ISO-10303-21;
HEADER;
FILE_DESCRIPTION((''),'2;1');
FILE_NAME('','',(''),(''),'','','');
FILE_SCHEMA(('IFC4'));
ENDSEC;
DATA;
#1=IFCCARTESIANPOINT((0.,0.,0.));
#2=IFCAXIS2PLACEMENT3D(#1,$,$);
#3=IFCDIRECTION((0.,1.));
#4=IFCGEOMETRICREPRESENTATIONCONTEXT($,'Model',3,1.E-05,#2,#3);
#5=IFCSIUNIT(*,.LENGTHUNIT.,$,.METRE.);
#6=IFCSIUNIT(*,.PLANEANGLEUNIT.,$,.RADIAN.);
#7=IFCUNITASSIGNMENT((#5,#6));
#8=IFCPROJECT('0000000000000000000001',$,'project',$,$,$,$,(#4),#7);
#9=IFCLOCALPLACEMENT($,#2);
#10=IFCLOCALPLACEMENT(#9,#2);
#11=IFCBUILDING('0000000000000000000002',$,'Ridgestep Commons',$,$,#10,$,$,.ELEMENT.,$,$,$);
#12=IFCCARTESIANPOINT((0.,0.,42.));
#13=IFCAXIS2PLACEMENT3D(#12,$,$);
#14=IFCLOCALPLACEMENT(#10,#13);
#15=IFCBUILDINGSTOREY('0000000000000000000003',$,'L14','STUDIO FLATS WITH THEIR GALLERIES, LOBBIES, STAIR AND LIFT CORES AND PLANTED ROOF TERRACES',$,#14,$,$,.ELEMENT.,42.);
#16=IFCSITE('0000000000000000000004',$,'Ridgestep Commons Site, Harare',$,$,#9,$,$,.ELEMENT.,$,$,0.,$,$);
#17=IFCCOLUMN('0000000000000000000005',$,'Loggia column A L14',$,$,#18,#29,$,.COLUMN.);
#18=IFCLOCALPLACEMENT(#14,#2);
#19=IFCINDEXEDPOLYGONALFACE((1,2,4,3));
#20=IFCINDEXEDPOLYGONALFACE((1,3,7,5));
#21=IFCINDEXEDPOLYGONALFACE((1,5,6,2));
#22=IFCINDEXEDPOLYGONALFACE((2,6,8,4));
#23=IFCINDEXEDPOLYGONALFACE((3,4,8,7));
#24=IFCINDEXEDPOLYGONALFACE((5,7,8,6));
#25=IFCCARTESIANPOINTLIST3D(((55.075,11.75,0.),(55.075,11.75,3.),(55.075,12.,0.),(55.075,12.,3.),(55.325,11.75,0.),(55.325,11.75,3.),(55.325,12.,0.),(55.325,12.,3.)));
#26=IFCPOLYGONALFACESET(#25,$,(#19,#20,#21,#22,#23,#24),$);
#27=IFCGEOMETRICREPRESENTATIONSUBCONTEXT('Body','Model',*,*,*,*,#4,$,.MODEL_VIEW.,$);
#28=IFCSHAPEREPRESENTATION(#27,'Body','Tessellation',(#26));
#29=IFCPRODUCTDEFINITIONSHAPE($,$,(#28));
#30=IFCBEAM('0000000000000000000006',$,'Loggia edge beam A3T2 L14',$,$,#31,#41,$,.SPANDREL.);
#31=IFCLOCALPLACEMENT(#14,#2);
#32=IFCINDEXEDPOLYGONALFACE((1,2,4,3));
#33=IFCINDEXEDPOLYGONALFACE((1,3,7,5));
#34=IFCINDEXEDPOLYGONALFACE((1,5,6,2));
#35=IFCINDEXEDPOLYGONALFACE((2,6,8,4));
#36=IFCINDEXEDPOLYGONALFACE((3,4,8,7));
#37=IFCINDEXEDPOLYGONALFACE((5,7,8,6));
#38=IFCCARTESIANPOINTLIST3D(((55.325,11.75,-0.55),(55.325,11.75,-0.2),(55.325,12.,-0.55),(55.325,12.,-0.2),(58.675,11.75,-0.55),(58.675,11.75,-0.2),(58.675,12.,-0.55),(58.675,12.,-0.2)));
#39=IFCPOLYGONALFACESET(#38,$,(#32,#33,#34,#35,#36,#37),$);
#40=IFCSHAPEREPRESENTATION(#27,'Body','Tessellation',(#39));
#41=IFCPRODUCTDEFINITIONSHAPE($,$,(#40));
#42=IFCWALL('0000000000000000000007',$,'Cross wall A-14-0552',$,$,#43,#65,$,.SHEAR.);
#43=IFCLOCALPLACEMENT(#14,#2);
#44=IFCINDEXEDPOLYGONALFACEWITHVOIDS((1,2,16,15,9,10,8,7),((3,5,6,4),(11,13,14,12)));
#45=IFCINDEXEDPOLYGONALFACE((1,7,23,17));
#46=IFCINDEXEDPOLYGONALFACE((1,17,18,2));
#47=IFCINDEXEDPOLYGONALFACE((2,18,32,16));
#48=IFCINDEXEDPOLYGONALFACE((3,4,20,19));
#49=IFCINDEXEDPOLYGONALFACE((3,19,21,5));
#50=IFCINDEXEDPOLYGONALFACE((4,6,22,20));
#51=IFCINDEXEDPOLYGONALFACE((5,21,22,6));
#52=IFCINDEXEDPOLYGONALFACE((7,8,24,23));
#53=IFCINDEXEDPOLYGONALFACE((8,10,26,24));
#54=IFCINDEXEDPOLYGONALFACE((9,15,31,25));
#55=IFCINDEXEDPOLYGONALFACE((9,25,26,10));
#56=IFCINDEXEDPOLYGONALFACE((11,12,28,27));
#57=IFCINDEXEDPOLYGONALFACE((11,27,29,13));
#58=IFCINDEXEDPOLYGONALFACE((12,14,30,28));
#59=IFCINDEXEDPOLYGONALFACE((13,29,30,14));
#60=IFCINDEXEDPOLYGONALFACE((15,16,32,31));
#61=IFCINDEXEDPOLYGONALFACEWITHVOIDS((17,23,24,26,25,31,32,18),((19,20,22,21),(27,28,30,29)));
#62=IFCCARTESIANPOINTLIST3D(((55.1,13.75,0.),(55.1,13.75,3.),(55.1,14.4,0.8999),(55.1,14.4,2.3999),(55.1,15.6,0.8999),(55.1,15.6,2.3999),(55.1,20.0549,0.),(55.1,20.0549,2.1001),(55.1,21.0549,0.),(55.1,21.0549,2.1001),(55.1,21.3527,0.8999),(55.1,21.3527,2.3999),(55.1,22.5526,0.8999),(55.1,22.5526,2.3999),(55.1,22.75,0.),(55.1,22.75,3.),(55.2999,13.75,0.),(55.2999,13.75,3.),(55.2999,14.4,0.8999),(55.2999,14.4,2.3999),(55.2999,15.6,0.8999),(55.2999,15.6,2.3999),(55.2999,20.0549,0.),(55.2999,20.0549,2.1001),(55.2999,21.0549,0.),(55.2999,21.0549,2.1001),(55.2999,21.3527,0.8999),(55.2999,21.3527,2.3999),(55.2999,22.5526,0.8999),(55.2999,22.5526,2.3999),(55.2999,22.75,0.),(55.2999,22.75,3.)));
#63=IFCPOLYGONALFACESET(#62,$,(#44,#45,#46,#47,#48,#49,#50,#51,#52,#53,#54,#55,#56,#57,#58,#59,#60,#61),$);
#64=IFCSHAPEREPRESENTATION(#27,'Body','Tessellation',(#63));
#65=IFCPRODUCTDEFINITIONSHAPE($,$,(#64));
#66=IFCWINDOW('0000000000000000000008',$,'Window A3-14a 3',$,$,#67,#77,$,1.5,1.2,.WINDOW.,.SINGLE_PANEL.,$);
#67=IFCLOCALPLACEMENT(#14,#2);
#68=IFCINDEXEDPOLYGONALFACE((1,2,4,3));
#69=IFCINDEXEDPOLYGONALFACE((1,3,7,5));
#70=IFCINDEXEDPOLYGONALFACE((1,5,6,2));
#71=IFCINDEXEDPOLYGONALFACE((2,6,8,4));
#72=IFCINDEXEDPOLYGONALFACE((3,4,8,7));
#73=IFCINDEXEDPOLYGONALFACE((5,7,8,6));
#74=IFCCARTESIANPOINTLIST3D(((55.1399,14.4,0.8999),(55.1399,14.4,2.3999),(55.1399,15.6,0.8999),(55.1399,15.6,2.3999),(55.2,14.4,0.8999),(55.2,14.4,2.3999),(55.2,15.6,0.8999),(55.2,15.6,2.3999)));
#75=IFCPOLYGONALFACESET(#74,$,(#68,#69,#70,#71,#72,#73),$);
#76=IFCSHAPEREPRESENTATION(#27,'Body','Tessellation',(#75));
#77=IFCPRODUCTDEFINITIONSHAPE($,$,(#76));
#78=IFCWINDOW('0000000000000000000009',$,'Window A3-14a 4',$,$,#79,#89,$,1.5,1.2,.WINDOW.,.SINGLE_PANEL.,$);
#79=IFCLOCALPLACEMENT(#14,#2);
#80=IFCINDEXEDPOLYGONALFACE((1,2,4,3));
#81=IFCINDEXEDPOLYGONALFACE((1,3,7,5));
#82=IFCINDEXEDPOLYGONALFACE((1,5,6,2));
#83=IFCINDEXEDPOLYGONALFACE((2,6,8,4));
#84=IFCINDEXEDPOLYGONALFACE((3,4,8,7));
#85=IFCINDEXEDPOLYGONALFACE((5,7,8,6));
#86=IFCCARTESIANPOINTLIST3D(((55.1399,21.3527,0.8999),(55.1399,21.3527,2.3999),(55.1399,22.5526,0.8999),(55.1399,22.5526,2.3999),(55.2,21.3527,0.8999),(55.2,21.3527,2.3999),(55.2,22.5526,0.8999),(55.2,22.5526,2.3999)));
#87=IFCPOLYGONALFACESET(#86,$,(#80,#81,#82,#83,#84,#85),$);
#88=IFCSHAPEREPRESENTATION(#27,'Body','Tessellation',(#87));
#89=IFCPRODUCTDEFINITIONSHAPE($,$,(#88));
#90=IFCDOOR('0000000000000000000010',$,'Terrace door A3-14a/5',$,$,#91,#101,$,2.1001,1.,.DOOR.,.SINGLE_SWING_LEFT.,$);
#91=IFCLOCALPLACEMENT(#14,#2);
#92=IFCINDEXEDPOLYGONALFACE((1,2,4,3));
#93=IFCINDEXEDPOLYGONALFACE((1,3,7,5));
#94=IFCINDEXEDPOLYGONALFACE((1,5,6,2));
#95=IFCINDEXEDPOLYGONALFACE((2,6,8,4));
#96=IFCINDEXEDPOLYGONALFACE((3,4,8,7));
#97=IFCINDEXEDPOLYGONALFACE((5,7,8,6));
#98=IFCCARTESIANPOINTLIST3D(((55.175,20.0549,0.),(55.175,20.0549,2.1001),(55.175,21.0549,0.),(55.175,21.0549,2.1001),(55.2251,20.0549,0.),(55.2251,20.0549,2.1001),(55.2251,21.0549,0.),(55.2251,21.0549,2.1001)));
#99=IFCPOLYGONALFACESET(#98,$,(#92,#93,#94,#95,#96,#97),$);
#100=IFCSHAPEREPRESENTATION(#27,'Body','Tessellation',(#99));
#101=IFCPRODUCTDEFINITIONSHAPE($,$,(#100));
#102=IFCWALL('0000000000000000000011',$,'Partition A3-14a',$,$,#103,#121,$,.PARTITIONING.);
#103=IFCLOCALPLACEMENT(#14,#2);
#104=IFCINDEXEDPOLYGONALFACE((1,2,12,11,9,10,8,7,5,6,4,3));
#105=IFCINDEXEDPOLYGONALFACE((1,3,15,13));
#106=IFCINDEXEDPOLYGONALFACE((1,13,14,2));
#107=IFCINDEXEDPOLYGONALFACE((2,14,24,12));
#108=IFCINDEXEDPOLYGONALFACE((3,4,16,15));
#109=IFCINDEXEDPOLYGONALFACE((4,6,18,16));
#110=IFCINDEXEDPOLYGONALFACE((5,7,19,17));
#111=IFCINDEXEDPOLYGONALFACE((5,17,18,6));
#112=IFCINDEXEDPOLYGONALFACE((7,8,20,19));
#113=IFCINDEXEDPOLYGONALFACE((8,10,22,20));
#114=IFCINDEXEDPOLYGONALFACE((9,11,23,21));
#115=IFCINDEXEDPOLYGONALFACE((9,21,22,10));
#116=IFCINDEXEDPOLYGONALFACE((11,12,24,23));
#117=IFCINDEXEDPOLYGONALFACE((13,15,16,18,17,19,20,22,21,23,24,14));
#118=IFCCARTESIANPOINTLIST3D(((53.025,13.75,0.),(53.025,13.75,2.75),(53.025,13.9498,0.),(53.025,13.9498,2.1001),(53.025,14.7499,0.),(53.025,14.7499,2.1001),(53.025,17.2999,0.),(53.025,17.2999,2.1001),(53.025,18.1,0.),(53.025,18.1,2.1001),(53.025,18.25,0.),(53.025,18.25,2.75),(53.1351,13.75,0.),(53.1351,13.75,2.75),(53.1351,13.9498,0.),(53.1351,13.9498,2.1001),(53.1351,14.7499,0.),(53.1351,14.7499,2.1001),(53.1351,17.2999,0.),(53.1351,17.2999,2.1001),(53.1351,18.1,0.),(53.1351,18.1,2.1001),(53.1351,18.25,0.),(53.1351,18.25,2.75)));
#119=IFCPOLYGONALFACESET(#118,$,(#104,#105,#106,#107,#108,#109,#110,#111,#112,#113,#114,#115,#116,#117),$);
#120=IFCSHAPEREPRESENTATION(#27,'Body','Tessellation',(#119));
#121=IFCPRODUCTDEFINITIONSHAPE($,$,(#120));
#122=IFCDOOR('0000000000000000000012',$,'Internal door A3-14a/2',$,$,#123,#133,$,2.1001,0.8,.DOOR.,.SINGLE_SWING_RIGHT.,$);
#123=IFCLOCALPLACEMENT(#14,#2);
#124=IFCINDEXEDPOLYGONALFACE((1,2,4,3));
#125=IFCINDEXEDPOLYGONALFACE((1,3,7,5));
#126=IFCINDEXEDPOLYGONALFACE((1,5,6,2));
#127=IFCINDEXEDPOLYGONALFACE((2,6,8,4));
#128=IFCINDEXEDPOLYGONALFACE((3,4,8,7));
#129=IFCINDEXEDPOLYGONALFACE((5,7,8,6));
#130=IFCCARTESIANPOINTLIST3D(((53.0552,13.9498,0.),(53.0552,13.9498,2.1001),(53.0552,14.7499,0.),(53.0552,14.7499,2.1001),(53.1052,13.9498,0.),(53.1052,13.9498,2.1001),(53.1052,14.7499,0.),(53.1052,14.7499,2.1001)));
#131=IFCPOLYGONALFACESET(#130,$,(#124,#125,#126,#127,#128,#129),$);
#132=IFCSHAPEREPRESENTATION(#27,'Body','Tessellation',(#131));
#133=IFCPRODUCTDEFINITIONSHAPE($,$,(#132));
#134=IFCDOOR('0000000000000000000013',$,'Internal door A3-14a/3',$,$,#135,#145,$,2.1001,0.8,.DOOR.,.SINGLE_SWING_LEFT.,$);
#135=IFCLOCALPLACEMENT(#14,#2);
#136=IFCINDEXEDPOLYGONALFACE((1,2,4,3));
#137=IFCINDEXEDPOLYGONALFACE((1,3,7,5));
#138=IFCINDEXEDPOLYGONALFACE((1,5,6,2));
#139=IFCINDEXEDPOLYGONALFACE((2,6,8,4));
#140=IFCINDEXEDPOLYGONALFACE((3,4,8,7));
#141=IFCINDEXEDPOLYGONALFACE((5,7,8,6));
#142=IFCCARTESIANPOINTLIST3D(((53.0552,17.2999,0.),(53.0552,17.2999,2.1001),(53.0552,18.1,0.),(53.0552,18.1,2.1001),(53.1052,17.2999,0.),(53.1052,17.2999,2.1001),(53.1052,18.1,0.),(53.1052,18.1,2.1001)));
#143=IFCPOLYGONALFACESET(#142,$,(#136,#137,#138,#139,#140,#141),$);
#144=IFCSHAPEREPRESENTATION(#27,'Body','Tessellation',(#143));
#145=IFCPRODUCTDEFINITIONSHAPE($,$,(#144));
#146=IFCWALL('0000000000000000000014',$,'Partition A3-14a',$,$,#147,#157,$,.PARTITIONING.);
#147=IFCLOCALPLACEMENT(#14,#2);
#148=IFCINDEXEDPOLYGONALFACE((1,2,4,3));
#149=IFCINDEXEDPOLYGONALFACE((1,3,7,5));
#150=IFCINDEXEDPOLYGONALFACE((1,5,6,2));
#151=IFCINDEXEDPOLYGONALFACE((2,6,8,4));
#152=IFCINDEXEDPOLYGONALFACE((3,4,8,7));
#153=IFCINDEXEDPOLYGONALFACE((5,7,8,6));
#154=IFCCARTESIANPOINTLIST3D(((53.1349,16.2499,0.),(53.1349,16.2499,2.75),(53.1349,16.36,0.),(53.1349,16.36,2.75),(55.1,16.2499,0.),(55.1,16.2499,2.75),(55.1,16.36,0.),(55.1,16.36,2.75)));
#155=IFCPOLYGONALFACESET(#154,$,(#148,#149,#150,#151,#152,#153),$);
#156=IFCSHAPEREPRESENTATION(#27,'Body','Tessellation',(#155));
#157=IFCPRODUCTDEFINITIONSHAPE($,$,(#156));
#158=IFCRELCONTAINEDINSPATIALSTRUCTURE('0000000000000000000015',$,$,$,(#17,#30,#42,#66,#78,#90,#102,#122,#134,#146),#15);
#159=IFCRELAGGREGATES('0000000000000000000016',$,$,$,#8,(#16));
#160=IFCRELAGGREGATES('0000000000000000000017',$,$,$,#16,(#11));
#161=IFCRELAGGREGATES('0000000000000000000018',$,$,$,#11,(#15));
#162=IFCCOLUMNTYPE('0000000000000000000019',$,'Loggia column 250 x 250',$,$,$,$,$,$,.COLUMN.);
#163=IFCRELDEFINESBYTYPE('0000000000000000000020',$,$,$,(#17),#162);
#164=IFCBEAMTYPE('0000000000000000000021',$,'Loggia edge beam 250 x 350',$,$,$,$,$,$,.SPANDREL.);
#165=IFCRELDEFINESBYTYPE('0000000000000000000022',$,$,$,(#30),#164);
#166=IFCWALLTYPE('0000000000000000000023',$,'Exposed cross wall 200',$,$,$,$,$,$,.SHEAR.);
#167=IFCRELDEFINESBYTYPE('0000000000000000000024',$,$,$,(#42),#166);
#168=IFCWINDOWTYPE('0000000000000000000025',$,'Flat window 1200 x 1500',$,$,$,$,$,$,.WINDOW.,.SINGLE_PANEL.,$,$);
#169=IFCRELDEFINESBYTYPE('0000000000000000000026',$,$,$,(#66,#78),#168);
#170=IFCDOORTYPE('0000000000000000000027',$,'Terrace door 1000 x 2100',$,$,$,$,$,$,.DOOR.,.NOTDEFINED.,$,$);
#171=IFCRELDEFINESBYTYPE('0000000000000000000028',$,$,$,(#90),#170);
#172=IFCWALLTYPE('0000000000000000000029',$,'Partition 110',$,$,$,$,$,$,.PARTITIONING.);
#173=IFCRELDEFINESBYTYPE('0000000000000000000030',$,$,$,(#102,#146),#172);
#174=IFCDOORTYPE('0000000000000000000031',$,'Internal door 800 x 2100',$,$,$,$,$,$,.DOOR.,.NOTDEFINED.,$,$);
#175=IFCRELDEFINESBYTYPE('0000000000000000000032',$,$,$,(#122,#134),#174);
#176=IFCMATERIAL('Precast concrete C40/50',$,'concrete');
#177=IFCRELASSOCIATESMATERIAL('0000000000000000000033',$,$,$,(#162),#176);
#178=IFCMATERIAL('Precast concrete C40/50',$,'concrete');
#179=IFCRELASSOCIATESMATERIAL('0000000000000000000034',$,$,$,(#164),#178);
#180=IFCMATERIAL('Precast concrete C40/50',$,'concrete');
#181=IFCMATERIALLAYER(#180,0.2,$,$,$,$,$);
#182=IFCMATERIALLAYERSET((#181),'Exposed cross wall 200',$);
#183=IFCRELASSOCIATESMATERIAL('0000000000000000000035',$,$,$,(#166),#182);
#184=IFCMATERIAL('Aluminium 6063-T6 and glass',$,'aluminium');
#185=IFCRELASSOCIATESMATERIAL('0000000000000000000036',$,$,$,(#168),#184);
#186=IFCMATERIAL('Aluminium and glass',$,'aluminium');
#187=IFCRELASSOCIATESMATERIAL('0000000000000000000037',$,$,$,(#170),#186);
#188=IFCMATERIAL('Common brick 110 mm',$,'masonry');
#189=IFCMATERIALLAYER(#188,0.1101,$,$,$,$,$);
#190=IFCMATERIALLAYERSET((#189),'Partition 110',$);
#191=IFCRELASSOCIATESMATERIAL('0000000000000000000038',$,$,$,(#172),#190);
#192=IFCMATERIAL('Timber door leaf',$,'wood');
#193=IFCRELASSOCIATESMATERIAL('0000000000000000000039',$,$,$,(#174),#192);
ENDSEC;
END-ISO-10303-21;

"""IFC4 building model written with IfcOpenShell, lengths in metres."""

from ifc_helpers import new_model, si_unit, direction, frame, frame_2d, origin, origin_2d, place, context, subcontext, project, spatial, rectangle, extrude, material, layer, layer_set, material_profile, profile_set, type_object, element, fill, save


model = new_model("IFC4")

# Units and contexts
model_context = context("Model", 3, precision=1e-05, world=origin(), true_north=direction((0.0, 1.0)))
body_context = subcontext(model_context, "Body", "Model", "MODEL_VIEW")
ifc_project = project(units=[si_unit("LENGTHUNIT", "METRE"), si_unit("PLANEANGLEUNIT", "RADIAN")], contexts=[model_context])

# Site, building, storey
site_placement = place(None, origin())
site = spatial("IfcSite", under=ifc_project, at=site_placement, Name="Ridgestep Commons Site, Harare", CompositionType="ELEMENT", RefElevation=0.0)
building_placement = place(site_placement, origin())
building = spatial("IfcBuilding", under=site, at=building_placement, Name="Ridgestep Commons", CompositionType="ELEMENT")
storey_placement = place(building_placement, frame((0.0, 0.0, 42.0)))
storey = spatial("IfcBuildingStorey", under=building, at=storey_placement, Name="L14", Description="STUDIO FLATS WITH THEIR GALLERIES, LOBBIES, STAIR AND LIFT CORES AND PLANTED ROOF TERRACES", CompositionType="ELEMENT", Elevation=42.0)

# Column
ifc_material_1 = material(Name="Precast concrete C40/50", Category="concrete")
ifc_material_profile_1 = material_profile(ifc_material_1, rectangle(XDim=0.25, YDim=0.25, at=origin_2d()), Name="PC 250x250")
ifc_profile_set_1 = profile_set([ifc_material_profile_1], Name="Precast concrete C40/50")
column_type = type_object("IfcColumnType", Name="Loggia column 250 x 250", PredefinedType="COLUMN", material=ifc_profile_set_1)
column_placement = place(storey_placement, frame((55.2, 11.875, 0.0), z_axis=(0.0, 0.0, 1.0), x_axis=(1.0, 0.0, 0.0)))
element("IfcColumn", 1, at=column_placement, inside=storey, type_object=column_type, Name="Loggia column A L14", PredefinedType="COLUMN", context=body_context, shape_type="SweptSolid", body=[
    extrude(rectangle(XDim=0.25, YDim=0.25, at=origin_2d()), origin(), (0.0, 0.0, 1.0), 3.0),
])

# Beam
ifc_material_2 = material(Name="Precast concrete C40/50", Category="concrete")
ifc_material_profile_2 = material_profile(ifc_material_2, rectangle(XDim=0.25, YDim=0.3501, at=origin_2d()), Name="PC 250x350")
ifc_profile_set_2 = profile_set([ifc_material_profile_2], Name="Precast concrete C40/50")
beam_type = type_object("IfcBeamType", Name="Loggia edge beam 250 x 350", PredefinedType="SPANDREL", material=ifc_profile_set_2)
beam_placement = place(storey_placement, frame((55.325, 11.875, -0.375), z_axis=(1.0, 0.0, 0.0), x_axis=(0.0, 1.0, 0.0)))
element("IfcBeam", 2, at=beam_placement, inside=storey, type_object=beam_type, Name="Loggia edge beam A3T2 L14", PredefinedType="SPANDREL", context=body_context, shape_type="SweptSolid", body=[
    extrude(rectangle(XDim=0.25, YDim=0.3501, at=origin_2d()), origin(), (0.0, 0.0, 1.0), 3.3501),
])

# Wall, openings, windows, door
ifc_material_3 = material(Name="Precast concrete C40/50", Category="concrete")
ifc_layer_1 = layer(ifc_material_3, 0.2)
ifc_layer_set_1 = layer_set([ifc_layer_1], Name="Exposed cross wall 200")
wall_type_1 = type_object("IfcWallType", Name="Exposed cross wall 200", PredefinedType="SHEAR", material=ifc_layer_set_1)
wall_1_placement = place(storey_placement, frame((55.2, 13.75, 0.0), z_axis=(0.0, 0.0, 1.0), x_axis=(0.0, 1.0, 0.0)))
wall_1 = element("IfcWall", 3, at=wall_1_placement, inside=storey, type_object=wall_type_1, Name="Cross wall A-14-0552", PredefinedType="SHEAR", context=body_context, shape_type="SweptSolid", body=[
    extrude(rectangle(XDim=9.0, YDim=0.2, at=frame_2d((4.5, 0.0))), origin(), (0.0, 0.0, 1.0), 3.0),
])
opening_1_placement = place(wall_1_placement, frame((0.6499, 0.0, 0.8999)))
opening_1 = element("IfcOpeningElement", 4, at=opening_1_placement, cuts=wall_1, PredefinedType="OPENING", context=body_context, shape_type="SweptSolid", body=[
    extrude(rectangle(XDim=1.2, YDim=1.5, at=frame_2d((0.6001, 0.75))), frame((0.0, 0.1099, 0.0), z_axis=(0.0, -1.0, 0.0), x_axis=(1.0, 0.0, 0.0)), (0.0, 0.0, 1.0), 0.22),
])
opening_2_placement = place(wall_1_placement, frame((7.6025, 0.0, 0.8999)))
opening_2 = element("IfcOpeningElement", 5, at=opening_2_placement, cuts=wall_1, PredefinedType="OPENING", context=body_context, shape_type="SweptSolid", body=[
    extrude(rectangle(XDim=1.2, YDim=1.5, at=frame_2d((0.6001, 0.75))), frame((0.0, 0.1099, 0.0), z_axis=(0.0, -1.0, 0.0), x_axis=(1.0, 0.0, 0.0)), (0.0, 0.0, 1.0), 0.22),
])
opening_3_placement = place(wall_1_placement, frame((6.3049, 0.0, 0.0)))
opening_3 = element("IfcOpeningElement", 6, at=opening_3_placement, cuts=wall_1, PredefinedType="OPENING", context=body_context, shape_type="SweptSolid", body=[
    extrude(rectangle(XDim=1.0, YDim=2.1001, at=frame_2d((0.5, 1.05))), frame((0.0, 0.1099, 0.0), z_axis=(0.0, -1.0, 0.0), x_axis=(1.0, 0.0, 0.0)), (0.0, 0.0, 1.0), 0.22),
])
ifc_material_4 = material(Name="Aluminium 6063-T6 and glass", Category="aluminium")
window_type = type_object("IfcWindowType", Name="Flat window 1200 x 1500", PartitioningType="SINGLE_PANEL", PredefinedType="WINDOW", material=ifc_material_4)
window_1_placement = place(opening_1_placement, origin())
window_1 = element("IfcWindow", 7, at=window_1_placement, inside=storey, type_object=window_type, Name="Window A3-14a 3", OverallHeight=1.5, OverallWidth=1.2, PartitioningType="SINGLE_PANEL", PredefinedType="WINDOW", context=body_context, shape_type="SweptSolid", body=[
    extrude(rectangle(XDim=1.2, YDim=1.5, at=frame_2d((0.6001, 0.75))), frame((0.0, 0.0601, 0.0), z_axis=(0.0, -1.0, 0.0), x_axis=(1.0, 0.0, 0.0)), (0.0, 0.0, 1.0), 0.0601),
])
fill(opening_1, window_1)
window_2_placement = place(opening_2_placement, origin())
window_2 = element("IfcWindow", 8, at=window_2_placement, inside=storey, type_object=window_type, Name="Window A3-14a 4", OverallHeight=1.5, OverallWidth=1.2, PartitioningType="SINGLE_PANEL", PredefinedType="WINDOW", context=body_context, shape_type="SweptSolid", body=[
    extrude(rectangle(XDim=1.2, YDim=1.5, at=frame_2d((0.6001, 0.75))), frame((0.0, 0.0601, 0.0), z_axis=(0.0, -1.0, 0.0), x_axis=(1.0, 0.0, 0.0)), (0.0, 0.0, 1.0), 0.0601),
])
fill(opening_2, window_2)
ifc_material_5 = material(Name="Aluminium and glass", Category="aluminium")
door_type_1 = type_object("IfcDoorType", Name="Terrace door 1000 x 2100", OperationType="NOTDEFINED", PredefinedType="DOOR", material=ifc_material_5)
door_1_placement = place(opening_3_placement, origin())
door_1 = element("IfcDoor", 9, at=door_1_placement, inside=storey, type_object=door_type_1, Name="Terrace door A3-14a/5", OperationType="SINGLE_SWING_LEFT", OverallHeight=2.1001, OverallWidth=1.0, PredefinedType="DOOR", context=body_context, shape_type="SweptSolid", body=[
    extrude(rectangle(XDim=1.0, YDim=2.1001, at=frame_2d((0.5, 1.05))), frame((0.0, 0.0249, 0.0), z_axis=(0.0, -1.0, 0.0), x_axis=(1.0, 0.0, 0.0)), (0.0, 0.0, 1.0), 0.05),
])
fill(opening_3, door_1)

# Wall, openings, doors
ifc_material_6 = material(Name="Common brick 110 mm", Category="masonry")
ifc_layer_2 = layer(ifc_material_6, 0.1101)
ifc_layer_set_2 = layer_set([ifc_layer_2], Name="Partition 110")
wall_type_2 = type_object("IfcWallType", Name="Partition 110", PredefinedType="PARTITIONING", material=ifc_layer_set_2)
wall_2_placement = place(storey_placement, frame((53.0801, 13.75, 0.0), z_axis=(0.0, 0.0, 1.0), x_axis=(0.0, 1.0, 0.0)))
wall_2 = element("IfcWall", 10, at=wall_2_placement, inside=storey, type_object=wall_type_2, Name="Partition A3-14a", PredefinedType="PARTITIONING", context=body_context, shape_type="SweptSolid", body=[
    extrude(rectangle(XDim=4.5, YDim=0.1101, at=frame_2d((2.25, 0.0))), origin(), (0.0, 0.0, 1.0), 2.75),
])
opening_4_placement = place(wall_2_placement, frame((0.2, 0.0, 0.0)))
opening_4 = element("IfcOpeningElement", 11, at=opening_4_placement, cuts=wall_2, PredefinedType="OPENING", context=body_context, shape_type="SweptSolid", body=[
    extrude(rectangle(XDim=0.8, YDim=2.1001, at=frame_2d((0.3999, 1.05))), frame((0.0, 0.0649, 0.0), z_axis=(0.0, -1.0, 0.0), x_axis=(1.0, 0.0, 0.0)), (0.0, 0.0, 1.0), 0.1301),
])
opening_5_placement = place(wall_2_placement, frame((3.55, 0.0, 0.0)))
opening_5 = element("IfcOpeningElement", 12, at=opening_5_placement, cuts=wall_2, PredefinedType="OPENING", context=body_context, shape_type="SweptSolid", body=[
    extrude(rectangle(XDim=0.8, YDim=2.1001, at=frame_2d((0.3999, 1.05))), frame((0.0, 0.0649, 0.0), z_axis=(0.0, -1.0, 0.0), x_axis=(1.0, 0.0, 0.0)), (0.0, 0.0, 1.0), 0.1301),
])
ifc_material_7 = material(Name="Timber door leaf", Category="wood")
door_type_2 = type_object("IfcDoorType", Name="Internal door 800 x 2100", OperationType="NOTDEFINED", PredefinedType="DOOR", material=ifc_material_7)
door_2_placement = place(opening_4_placement, origin())
door_2 = element("IfcDoor", 13, at=door_2_placement, inside=storey, type_object=door_type_2, Name="Internal door A3-14a/2", OperationType="SINGLE_SWING_RIGHT", OverallHeight=2.1001, OverallWidth=0.8, PredefinedType="DOOR", context=body_context, shape_type="SweptSolid", body=[
    extrude(rectangle(XDim=0.8, YDim=2.1001, at=frame_2d((0.3999, 1.05))), frame((0.0, 0.0249, 0.0), z_axis=(0.0, -1.0, 0.0), x_axis=(1.0, 0.0, 0.0)), (0.0, 0.0, 1.0), 0.05),
])
fill(opening_4, door_2)
door_3_placement = place(opening_5_placement, origin())
door_3 = element("IfcDoor", 14, at=door_3_placement, inside=storey, type_object=door_type_2, Name="Internal door A3-14a/3", OperationType="SINGLE_SWING_LEFT", OverallHeight=2.1001, OverallWidth=0.8, PredefinedType="DOOR", context=body_context, shape_type="SweptSolid", body=[
    extrude(rectangle(XDim=0.8, YDim=2.1001, at=frame_2d((0.3999, 1.05))), frame((0.0, 0.0249, 0.0), z_axis=(0.0, -1.0, 0.0), x_axis=(1.0, 0.0, 0.0)), (0.0, 0.0, 1.0), 0.05),
])
fill(opening_5, door_3)

# Wall
wall_3_placement = place(storey_placement, frame((53.135, 16.3049, 0.0), z_axis=(0.0, 0.0, 1.0), x_axis=(1.0, 0.0, 0.0)))
element("IfcWall", 15, at=wall_3_placement, inside=storey, type_object=wall_type_2, Name="Partition A3-14a", PredefinedType="PARTITIONING", context=body_context, shape_type="SweptSolid", body=[
    extrude(rectangle(XDim=1.9651, YDim=0.1101, at=frame_2d((0.9824, 0.0))), origin(), (0.0, 0.0, 1.0), 2.75),
])

save(model, "model.ifc")
